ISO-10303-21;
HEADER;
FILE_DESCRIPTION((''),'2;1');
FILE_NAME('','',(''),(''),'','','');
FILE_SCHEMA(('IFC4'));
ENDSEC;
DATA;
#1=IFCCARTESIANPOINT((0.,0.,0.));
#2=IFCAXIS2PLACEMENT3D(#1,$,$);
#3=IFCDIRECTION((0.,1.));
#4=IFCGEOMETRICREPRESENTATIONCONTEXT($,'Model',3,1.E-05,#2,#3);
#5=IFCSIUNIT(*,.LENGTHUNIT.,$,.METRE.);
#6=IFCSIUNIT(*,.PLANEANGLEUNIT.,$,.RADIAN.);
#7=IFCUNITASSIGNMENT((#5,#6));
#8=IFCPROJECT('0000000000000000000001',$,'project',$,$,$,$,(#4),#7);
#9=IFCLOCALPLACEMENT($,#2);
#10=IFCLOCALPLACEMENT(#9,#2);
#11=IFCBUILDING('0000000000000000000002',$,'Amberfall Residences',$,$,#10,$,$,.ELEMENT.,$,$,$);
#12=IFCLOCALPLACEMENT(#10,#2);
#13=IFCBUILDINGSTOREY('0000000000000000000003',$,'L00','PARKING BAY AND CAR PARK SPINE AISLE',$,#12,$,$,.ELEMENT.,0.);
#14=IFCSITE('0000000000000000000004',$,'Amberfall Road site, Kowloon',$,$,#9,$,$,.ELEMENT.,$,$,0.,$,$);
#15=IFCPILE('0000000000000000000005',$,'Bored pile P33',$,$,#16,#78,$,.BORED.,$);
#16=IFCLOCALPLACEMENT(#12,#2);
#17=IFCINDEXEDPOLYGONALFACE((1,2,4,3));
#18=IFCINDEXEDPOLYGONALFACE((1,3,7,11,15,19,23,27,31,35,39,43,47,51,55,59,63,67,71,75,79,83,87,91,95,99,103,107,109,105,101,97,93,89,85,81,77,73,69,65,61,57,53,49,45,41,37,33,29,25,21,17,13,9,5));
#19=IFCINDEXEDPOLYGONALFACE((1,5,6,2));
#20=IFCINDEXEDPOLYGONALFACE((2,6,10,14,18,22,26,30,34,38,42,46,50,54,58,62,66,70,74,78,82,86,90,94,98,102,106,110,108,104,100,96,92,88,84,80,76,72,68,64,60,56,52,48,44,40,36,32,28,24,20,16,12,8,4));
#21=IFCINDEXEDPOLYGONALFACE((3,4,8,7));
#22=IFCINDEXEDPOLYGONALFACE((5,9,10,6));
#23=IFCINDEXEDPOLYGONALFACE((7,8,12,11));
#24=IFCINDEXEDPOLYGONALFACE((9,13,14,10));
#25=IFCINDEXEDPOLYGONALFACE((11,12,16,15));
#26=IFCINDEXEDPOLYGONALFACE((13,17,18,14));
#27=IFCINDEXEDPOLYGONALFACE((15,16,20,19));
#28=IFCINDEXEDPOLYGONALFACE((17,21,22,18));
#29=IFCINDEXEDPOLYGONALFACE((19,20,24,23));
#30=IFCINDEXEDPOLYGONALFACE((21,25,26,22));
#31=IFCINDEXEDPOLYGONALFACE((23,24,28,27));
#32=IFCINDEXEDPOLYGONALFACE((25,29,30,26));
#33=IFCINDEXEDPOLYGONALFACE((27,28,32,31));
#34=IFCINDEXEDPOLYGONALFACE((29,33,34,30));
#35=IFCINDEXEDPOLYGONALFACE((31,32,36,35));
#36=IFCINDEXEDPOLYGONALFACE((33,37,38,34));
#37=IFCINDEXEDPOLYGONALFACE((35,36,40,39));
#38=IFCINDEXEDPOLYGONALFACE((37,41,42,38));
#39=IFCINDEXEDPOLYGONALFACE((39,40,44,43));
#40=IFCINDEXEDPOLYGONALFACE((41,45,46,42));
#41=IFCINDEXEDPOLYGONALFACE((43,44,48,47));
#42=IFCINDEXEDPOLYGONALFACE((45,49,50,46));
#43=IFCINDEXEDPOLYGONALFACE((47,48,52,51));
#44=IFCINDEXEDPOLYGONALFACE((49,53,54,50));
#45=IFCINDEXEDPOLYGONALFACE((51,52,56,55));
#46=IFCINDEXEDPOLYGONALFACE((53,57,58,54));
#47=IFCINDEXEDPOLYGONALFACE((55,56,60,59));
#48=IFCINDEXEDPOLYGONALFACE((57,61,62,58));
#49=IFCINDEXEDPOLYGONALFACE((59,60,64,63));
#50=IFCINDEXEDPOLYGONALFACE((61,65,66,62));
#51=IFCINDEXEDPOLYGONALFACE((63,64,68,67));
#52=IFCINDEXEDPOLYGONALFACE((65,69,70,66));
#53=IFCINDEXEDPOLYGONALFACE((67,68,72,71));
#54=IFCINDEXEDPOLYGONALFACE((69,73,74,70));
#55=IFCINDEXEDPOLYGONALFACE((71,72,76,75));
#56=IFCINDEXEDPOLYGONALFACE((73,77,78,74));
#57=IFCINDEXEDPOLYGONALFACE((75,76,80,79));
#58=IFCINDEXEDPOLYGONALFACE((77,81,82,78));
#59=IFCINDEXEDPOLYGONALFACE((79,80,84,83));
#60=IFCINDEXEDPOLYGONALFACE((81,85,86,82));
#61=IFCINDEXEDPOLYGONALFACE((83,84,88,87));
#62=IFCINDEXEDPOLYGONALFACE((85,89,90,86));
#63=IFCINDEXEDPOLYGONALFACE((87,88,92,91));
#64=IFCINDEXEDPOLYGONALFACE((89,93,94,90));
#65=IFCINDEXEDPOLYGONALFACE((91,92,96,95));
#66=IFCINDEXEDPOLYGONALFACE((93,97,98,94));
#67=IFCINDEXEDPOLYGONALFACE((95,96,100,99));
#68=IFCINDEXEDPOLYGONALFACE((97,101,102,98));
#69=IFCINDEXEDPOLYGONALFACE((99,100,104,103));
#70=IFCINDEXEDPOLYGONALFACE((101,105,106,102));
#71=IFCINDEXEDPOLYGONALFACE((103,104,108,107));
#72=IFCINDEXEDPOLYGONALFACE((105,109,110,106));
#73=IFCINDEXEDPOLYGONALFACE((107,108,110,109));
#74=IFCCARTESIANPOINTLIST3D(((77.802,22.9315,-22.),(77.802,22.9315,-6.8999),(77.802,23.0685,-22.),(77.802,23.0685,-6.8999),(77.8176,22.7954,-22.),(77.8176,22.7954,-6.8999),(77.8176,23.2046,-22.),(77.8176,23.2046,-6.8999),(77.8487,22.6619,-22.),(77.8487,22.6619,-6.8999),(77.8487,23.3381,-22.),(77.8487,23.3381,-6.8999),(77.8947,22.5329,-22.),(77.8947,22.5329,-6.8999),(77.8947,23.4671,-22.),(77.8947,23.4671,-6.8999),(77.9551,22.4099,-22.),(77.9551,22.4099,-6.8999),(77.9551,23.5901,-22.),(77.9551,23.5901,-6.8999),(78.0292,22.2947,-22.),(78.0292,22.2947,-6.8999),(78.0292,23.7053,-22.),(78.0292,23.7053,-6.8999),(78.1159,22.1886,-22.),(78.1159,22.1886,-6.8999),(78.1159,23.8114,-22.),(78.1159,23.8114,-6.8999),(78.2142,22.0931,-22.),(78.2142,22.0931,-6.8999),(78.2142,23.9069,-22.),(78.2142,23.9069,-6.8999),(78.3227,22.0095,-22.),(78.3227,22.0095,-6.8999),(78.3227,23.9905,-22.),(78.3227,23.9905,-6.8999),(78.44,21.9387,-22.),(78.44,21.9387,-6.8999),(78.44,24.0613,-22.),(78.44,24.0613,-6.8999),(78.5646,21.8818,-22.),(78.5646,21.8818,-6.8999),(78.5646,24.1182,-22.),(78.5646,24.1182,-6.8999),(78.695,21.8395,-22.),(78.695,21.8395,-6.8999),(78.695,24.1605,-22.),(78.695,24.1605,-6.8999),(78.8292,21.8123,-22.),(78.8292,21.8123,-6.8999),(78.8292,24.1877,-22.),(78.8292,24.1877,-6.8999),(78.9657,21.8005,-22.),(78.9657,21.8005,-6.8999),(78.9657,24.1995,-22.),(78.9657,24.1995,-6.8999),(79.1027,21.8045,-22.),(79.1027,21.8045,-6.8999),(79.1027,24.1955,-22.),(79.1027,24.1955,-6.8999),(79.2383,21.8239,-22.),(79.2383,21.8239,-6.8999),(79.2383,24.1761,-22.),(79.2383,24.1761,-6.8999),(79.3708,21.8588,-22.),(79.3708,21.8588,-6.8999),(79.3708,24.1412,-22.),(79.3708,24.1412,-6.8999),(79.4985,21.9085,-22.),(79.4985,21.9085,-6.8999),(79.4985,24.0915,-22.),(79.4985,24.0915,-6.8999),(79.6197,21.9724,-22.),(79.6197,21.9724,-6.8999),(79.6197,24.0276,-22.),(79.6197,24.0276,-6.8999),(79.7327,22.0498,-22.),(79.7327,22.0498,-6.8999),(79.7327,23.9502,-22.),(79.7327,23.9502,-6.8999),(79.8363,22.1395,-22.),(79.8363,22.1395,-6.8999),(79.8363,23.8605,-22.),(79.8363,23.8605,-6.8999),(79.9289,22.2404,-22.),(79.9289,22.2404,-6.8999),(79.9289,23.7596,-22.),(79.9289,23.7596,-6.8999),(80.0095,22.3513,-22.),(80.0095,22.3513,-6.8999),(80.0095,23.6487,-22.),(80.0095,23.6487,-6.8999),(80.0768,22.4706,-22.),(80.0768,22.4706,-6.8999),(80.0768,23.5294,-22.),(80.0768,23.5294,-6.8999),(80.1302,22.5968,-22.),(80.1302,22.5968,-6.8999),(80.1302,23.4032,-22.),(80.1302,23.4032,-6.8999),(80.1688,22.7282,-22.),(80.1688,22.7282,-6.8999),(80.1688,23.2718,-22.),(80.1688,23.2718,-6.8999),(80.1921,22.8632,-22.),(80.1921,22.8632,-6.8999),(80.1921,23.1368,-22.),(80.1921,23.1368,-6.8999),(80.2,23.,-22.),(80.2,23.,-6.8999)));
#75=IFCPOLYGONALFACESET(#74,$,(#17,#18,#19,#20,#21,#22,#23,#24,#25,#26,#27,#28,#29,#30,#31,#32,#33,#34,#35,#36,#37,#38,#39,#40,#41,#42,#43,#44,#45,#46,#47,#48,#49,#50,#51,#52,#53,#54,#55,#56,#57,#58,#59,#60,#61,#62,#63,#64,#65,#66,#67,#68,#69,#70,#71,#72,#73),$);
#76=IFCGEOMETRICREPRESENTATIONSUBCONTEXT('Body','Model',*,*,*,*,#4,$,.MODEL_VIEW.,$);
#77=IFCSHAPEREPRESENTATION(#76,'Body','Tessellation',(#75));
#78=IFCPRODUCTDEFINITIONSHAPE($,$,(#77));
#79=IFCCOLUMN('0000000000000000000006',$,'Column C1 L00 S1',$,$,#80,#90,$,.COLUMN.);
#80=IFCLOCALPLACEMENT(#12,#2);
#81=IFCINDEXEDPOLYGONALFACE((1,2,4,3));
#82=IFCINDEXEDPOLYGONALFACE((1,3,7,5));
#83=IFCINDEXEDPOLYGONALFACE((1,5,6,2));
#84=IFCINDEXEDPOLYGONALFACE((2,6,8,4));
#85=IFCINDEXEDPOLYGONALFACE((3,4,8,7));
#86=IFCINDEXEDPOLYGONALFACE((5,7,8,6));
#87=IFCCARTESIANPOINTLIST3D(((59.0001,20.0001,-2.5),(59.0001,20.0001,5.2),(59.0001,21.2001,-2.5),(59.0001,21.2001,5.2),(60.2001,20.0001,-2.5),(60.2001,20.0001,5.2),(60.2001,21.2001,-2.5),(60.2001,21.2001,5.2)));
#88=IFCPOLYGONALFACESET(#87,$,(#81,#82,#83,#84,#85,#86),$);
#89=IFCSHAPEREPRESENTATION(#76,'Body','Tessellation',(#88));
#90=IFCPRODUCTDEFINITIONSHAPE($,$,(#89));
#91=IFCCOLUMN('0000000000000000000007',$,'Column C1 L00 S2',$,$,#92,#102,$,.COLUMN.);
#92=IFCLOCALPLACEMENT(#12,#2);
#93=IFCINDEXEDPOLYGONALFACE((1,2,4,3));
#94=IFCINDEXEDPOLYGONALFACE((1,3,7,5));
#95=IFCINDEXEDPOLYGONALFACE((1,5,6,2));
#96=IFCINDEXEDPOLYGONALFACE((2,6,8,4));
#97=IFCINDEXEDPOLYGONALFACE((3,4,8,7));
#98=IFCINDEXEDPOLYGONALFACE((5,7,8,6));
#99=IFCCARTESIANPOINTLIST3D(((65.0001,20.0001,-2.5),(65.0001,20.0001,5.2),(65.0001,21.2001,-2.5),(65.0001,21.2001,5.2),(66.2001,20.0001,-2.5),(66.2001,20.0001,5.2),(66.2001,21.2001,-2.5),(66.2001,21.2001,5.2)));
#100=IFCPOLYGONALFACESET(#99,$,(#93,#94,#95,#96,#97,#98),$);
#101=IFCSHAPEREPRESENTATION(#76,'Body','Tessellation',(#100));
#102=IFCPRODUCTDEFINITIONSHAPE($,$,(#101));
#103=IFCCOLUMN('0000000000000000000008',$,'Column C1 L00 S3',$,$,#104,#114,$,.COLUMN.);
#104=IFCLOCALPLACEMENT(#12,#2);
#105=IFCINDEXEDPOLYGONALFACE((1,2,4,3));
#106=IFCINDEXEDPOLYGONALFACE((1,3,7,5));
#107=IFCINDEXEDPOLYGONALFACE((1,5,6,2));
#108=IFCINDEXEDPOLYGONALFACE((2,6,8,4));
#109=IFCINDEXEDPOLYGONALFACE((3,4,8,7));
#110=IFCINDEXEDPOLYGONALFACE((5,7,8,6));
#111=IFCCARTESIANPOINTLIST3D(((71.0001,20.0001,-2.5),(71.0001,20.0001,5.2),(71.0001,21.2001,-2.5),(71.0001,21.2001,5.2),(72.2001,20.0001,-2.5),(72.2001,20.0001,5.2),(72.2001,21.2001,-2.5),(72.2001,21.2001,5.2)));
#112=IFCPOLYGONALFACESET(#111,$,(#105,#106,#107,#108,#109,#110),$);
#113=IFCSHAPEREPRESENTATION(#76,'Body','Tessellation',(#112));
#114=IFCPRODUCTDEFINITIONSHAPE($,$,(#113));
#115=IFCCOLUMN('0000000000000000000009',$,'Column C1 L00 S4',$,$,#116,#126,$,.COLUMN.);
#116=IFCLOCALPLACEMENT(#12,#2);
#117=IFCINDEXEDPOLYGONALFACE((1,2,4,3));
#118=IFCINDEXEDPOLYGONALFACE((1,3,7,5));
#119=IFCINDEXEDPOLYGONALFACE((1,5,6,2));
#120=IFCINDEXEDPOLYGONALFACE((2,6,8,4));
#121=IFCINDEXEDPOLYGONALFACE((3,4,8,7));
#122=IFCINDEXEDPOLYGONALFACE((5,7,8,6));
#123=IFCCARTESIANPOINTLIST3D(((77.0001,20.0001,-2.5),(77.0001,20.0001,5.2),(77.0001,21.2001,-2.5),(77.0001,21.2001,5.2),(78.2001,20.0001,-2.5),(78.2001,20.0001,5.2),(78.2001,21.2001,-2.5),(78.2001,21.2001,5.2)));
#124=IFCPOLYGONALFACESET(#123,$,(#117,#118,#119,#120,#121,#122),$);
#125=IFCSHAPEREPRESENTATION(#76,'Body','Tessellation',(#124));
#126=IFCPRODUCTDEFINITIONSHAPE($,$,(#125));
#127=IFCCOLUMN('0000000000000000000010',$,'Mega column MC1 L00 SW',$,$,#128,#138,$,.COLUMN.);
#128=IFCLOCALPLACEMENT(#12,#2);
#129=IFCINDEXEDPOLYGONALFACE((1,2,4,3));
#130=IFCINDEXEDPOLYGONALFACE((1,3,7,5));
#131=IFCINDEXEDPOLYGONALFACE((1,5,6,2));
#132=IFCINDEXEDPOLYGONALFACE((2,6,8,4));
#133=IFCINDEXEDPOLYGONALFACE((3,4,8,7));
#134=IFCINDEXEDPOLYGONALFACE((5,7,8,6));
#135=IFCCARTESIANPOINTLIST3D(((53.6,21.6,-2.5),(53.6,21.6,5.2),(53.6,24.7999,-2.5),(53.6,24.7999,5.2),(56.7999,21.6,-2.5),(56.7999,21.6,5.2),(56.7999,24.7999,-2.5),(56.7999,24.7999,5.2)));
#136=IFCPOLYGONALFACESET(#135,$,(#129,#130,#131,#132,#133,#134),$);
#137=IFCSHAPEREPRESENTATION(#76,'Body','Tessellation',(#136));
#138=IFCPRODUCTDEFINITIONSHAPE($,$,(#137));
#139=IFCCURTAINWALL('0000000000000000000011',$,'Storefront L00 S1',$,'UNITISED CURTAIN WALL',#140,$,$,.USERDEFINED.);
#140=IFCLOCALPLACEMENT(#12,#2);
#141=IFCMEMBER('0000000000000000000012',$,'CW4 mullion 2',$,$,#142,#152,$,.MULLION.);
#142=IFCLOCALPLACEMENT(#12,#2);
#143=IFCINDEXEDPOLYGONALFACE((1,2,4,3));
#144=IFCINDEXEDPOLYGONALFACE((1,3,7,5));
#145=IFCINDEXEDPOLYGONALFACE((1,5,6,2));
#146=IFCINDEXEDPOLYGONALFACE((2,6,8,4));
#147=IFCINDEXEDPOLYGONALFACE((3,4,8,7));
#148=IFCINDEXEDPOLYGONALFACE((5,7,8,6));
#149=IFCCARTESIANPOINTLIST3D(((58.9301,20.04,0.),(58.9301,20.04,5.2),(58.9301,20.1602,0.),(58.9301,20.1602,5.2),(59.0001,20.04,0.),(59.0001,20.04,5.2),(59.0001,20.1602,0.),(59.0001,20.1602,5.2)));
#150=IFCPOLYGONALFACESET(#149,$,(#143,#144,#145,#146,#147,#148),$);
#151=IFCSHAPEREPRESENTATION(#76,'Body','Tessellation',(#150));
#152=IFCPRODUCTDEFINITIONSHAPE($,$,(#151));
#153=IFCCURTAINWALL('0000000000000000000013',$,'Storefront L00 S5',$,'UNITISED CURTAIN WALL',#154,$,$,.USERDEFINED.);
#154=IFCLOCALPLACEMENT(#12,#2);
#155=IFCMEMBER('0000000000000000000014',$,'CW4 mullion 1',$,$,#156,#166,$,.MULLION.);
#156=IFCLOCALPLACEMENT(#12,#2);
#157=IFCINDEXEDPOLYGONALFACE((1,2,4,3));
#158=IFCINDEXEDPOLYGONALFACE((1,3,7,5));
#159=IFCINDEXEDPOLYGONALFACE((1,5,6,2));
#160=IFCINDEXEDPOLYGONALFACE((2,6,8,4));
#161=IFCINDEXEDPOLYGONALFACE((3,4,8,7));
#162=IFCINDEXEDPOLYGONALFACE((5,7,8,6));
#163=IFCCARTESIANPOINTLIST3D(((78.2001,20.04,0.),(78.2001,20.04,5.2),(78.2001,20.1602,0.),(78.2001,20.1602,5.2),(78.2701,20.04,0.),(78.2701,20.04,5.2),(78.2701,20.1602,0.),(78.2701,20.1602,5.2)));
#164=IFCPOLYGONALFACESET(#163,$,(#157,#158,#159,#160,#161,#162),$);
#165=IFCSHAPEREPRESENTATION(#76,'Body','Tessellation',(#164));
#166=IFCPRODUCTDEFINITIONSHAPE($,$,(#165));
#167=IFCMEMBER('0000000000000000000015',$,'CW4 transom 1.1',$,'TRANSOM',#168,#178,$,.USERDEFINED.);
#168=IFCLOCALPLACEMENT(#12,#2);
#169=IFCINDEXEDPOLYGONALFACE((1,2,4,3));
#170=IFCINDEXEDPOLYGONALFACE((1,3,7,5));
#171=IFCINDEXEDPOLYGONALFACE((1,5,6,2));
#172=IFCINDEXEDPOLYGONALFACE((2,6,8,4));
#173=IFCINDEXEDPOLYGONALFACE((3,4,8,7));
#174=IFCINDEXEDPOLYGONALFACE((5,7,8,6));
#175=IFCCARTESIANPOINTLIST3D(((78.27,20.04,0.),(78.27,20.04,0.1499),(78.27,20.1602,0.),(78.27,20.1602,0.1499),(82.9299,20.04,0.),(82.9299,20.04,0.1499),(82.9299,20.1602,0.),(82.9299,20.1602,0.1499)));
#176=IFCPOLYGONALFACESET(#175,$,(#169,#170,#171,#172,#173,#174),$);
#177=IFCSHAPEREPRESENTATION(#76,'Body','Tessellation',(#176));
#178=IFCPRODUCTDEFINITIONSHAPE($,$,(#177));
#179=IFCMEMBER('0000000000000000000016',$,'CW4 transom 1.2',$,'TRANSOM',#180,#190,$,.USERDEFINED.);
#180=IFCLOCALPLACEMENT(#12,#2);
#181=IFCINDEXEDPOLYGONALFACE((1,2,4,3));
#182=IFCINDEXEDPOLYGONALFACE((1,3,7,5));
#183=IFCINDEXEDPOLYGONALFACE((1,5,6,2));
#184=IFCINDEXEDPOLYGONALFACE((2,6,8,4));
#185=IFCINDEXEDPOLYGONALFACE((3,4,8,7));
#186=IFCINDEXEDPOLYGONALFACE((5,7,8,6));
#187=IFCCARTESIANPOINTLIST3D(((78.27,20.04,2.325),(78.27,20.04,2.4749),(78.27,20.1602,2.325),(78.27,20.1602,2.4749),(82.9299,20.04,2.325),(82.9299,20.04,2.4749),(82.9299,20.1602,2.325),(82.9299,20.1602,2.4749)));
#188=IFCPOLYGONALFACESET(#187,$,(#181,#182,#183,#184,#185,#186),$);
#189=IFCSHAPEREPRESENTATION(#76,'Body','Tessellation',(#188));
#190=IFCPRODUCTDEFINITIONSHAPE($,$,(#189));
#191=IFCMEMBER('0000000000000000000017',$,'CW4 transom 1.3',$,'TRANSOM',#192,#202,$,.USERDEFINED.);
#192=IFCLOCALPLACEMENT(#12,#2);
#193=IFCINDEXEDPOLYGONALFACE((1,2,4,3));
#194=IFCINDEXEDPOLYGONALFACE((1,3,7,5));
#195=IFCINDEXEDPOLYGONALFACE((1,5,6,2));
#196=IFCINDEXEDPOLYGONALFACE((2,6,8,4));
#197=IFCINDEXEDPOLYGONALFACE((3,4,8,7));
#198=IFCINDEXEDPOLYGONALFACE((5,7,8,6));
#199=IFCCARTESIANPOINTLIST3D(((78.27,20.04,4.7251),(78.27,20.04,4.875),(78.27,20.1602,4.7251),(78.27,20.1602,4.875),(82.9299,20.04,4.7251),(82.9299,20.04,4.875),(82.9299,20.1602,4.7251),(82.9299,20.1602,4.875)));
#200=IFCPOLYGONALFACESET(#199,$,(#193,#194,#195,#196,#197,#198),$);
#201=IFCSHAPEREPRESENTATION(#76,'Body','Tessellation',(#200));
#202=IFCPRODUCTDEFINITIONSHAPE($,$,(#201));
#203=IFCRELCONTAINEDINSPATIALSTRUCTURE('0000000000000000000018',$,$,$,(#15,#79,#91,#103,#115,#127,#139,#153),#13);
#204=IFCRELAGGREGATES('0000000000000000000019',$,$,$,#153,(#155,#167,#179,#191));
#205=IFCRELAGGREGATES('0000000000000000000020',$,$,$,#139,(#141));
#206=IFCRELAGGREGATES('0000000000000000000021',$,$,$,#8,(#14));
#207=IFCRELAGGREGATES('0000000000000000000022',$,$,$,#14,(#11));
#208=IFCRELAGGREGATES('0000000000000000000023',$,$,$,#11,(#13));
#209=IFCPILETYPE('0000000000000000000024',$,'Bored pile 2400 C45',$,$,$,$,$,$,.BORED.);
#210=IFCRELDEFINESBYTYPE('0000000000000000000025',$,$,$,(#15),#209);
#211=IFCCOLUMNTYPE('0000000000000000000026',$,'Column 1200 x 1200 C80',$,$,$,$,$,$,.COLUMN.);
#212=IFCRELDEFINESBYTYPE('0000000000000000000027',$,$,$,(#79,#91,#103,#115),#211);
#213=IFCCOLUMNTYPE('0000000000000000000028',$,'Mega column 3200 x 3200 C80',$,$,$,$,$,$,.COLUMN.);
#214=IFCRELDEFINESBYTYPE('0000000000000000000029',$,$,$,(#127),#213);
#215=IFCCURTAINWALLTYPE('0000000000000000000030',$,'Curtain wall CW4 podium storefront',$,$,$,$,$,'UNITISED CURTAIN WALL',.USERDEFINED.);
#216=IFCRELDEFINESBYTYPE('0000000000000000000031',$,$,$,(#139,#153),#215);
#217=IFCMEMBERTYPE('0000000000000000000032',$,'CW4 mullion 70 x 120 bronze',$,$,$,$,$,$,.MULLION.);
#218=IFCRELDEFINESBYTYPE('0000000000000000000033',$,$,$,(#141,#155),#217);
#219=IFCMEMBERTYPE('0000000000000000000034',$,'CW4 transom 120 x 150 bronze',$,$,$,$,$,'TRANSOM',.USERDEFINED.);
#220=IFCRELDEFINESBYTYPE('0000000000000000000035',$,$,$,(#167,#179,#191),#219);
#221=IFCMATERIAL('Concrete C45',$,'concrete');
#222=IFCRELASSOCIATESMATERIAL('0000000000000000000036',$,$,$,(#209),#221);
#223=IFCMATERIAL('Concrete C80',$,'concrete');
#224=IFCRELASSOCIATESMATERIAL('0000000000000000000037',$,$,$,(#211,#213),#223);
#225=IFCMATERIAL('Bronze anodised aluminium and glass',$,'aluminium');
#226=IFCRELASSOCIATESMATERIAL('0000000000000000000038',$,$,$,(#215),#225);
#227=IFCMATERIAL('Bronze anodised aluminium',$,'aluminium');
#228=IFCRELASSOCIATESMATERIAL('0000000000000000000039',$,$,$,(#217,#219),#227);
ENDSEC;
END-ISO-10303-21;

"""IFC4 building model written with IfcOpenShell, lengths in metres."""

from ifc_helpers import new_model, si_unit, direction, frame, origin, origin_2d, place, context, subcontext, project, spatial, rectangle, circle, extrude, material, material_profile, profile_set, type_object, element, aggregate, save


model = new_model("IFC4")

# Units and contexts
model_context = context("Model", 3, precision=1e-05, world=origin(), true_north=direction((0.0, 1.0)))
body_context = subcontext(model_context, "Body", "Model", "MODEL_VIEW")
ifc_project = project(units=[si_unit("LENGTHUNIT", "METRE"), si_unit("PLANEANGLEUNIT", "RADIAN")], contexts=[model_context])

# Site, building, storey
site_placement = place(None, origin())
site = spatial("IfcSite", under=ifc_project, at=site_placement, Name="Amberfall Road site, Kowloon", CompositionType="ELEMENT", RefElevation=0.0)
building_placement = place(site_placement, origin())
building = spatial("IfcBuilding", under=site, at=building_placement, Name="Amberfall Residences", CompositionType="ELEMENT")
storey_placement = place(building_placement, origin())
storey = spatial("IfcBuildingStorey", under=building, at=storey_placement, Name="L00", Description="PARKING BAY AND CAR PARK SPINE AISLE", CompositionType="ELEMENT", Elevation=0.0)

# Pile
ifc_material_1 = material(Name="Concrete C45", Category="concrete")
ifc_material_profile_1 = material_profile(ifc_material_1, circle(Radius=1.2, at=origin_2d()), Name="Bored pile 2400 C45")
ifc_profile_set_1 = profile_set([ifc_material_profile_1], Name="Concrete C45")
pile_type = type_object("IfcPileType", Name="Bored pile 2400 C45", PredefinedType="BORED", material=ifc_profile_set_1)
for number, where, z_axis, x_axis, name in (
    (1, (79.0, 23.0, -6.8999), (0.0, 0.0, -1.0), (1.0, 0.0, 0.0), "Bored pile P33"),
):
    element("IfcPile", number, at=place(storey_placement, frame(where, z_axis=z_axis, x_axis=x_axis)), inside=storey, type_object=pile_type, Name=name, PredefinedType="BORED", context=body_context, shape_type="SweptSolid", body=[
        extrude(circle(Radius=1.2, at=origin_2d()), origin(), (0.0, 0.0, 1.0), 15.1001),
    ])

# Columns
ifc_material_2 = material(Name="Concrete C80", Category="concrete")
ifc_material_profile_2 = material_profile(ifc_material_2, rectangle(XDim=1.2, YDim=1.2, at=origin_2d()), Name="Column 1200 x 1200 C80")
ifc_profile_set_2 = profile_set([ifc_material_profile_2], Name="Concrete C80")
column_type_1 = type_object("IfcColumnType", Name="Column 1200 x 1200 C80", PredefinedType="COLUMN", material=ifc_profile_set_2)
for number, where, z_axis, x_axis, name in (
    (2, (59.6001, 20.6001, -2.5), (0.0, 0.0, 1.0), (1.0, 0.0, 0.0), "Column C1 L00 S1"),
    (3, (65.6001, 20.6001, -2.5), (0.0, 0.0, 1.0), (1.0, 0.0, 0.0), "Column C1 L00 S2"),
    (4, (71.6001, 20.6001, -2.5), (0.0, 0.0, 1.0), (1.0, 0.0, 0.0), "Column C1 L00 S3"),
    (5, (77.6001, 20.6001, -2.5), (0.0, 0.0, 1.0), (1.0, 0.0, 0.0), "Column C1 L00 S4"),
):
    element("IfcColumn", number, at=place(storey_placement, frame(where, z_axis=z_axis, x_axis=x_axis)), inside=storey, type_object=column_type_1, Name=name, PredefinedType="COLUMN", context=body_context, shape_type="SweptSolid", body=[
        extrude(rectangle(XDim=1.2, YDim=1.2, at=origin_2d()), origin(), (0.0, 0.0, 1.0), 7.7),
    ])
ifc_material_profile_3 = material_profile(ifc_material_2, rectangle(XDim=3.2, YDim=3.2, at=origin_2d()), Name="Mega column 3200 x 3200 C80")
ifc_profile_set_3 = profile_set([ifc_material_profile_3], Name="Concrete C80")
column_type_2 = type_object("IfcColumnType", Name="Mega column 3200 x 3200 C80", PredefinedType="COLUMN", material=ifc_profile_set_3)
column_placement = place(storey_placement, frame((55.2, 23.2, -2.5), z_axis=(0.0, 0.0, 1.0), x_axis=(1.0, 0.0, 0.0)))
element("IfcColumn", 6, at=column_placement, inside=storey, type_object=column_type_2, Name="Mega column MC1 L00 SW", PredefinedType="COLUMN", context=body_context, shape_type="SweptSolid", body=[
    extrude(rectangle(XDim=3.2, YDim=3.2, at=origin_2d()), origin(), (0.0, 0.0, 1.0), 7.7),
])

# Curtain wall, member
ifc_material_3 = material(Name="Bronze anodised aluminium and glass", Category="aluminium")
curtain_wall_type = type_object("IfcCurtainWallType", Name="Curtain wall CW4 podium storefront", ElementType="UNITISED CURTAIN WALL", PredefinedType="USERDEFINED", material=ifc_material_3)
curtain_wall_1_placement = place(storey_placement, origin())
curtain_wall_1 = element("IfcCurtainWall", 7, at=curtain_wall_1_placement, inside=storey, type_object=curtain_wall_type, Name="Storefront L00 S1", ObjectType="UNITISED CURTAIN WALL", PredefinedType="USERDEFINED")
ifc_material_4 = material(Name="Bronze anodised aluminium", Category="aluminium")
ifc_material_profile_4 = material_profile(ifc_material_4, rectangle(XDim=0.1201, YDim=0.0701, at=origin_2d()), Name="CW4 mullion 70 x 120 bronze")
ifc_profile_set_4 = profile_set([ifc_material_profile_4], Name="Bronze anodised aluminium")
member_type_1 = type_object("IfcMemberType", Name="CW4 mullion 70 x 120 bronze", PredefinedType="MULLION", material=ifc_profile_set_4)
member_1_placement = place(storey_placement, frame((58.9651, 20.1001, 0.0), z_axis=(0.0, 0.0, 1.0), x_axis=(0.0, 1.0, 0.0)))
member_1 = element("IfcMember", 8, at=member_1_placement, type_object=member_type_1, Name="CW4 mullion 2", PredefinedType="MULLION", context=body_context, shape_type="SweptSolid", body=[
    extrude(rectangle(XDim=0.1201, YDim=0.0701, at=origin_2d()), origin(), (0.0, 0.0, 1.0), 5.2),
])

# Curtain wall, members
curtain_wall_2_placement = place(storey_placement, origin())
curtain_wall_2 = element("IfcCurtainWall", 9, at=curtain_wall_2_placement, inside=storey, type_object=curtain_wall_type, Name="Storefront L00 S5", ObjectType="UNITISED CURTAIN WALL", PredefinedType="USERDEFINED")
member_2_placement = place(storey_placement, frame((78.2351, 20.1001, 0.0), z_axis=(0.0, 0.0, 1.0), x_axis=(0.0, 1.0, 0.0)))
member_2 = element("IfcMember", 10, at=member_2_placement, type_object=member_type_1, Name="CW4 mullion 1", PredefinedType="MULLION", context=body_context, shape_type="SweptSolid", body=[
    extrude(rectangle(XDim=0.1201, YDim=0.0701, at=origin_2d()), origin(), (0.0, 0.0, 1.0), 5.2),
])
ifc_material_profile_5 = material_profile(ifc_material_4, rectangle(XDim=0.1201, YDim=0.1499, at=origin_2d()), Name="CW4 transom 120 x 150 bronze")
ifc_profile_set_5 = profile_set([ifc_material_profile_5], Name="Bronze anodised aluminium")
member_type_2 = type_object("IfcMemberType", Name="CW4 transom 120 x 150 bronze", ElementType="TRANSOM", PredefinedType="USERDEFINED", material=ifc_profile_set_5)
member_3_placement = place(storey_placement, frame((78.27, 20.1001, 0.075), z_axis=(1.0, 0.0, 0.0), x_axis=(0.0, 1.0, 0.0)))
member_3 = element("IfcMember", 11, at=member_3_placement, type_object=member_type_2, Name="CW4 transom 1.1", ObjectType="TRANSOM", PredefinedType="USERDEFINED", context=body_context, shape_type="SweptSolid", body=[
    extrude(rectangle(XDim=0.1201, YDim=0.1499, at=origin_2d()), origin(), (0.0, 0.0, 1.0), 4.6599),
])
member_4_placement = place(storey_placement, frame((78.27, 20.1001, 2.3999), z_axis=(1.0, 0.0, 0.0), x_axis=(0.0, 1.0, 0.0)))
member_4 = element("IfcMember", 12, at=member_4_placement, type_object=member_type_2, Name="CW4 transom 1.2", ObjectType="TRANSOM", PredefinedType="USERDEFINED", context=body_context, shape_type="SweptSolid", body=[
    extrude(rectangle(XDim=0.1201, YDim=0.1499, at=origin_2d()), origin(), (0.0, 0.0, 1.0), 4.6599),
])
member_5_placement = place(storey_placement, frame((78.27, 20.1001, 4.8), z_axis=(1.0, 0.0, 0.0), x_axis=(0.0, 1.0, 0.0)))
member_5 = element("IfcMember", 13, at=member_5_placement, type_object=member_type_2, Name="CW4 transom 1.3", ObjectType="TRANSOM", PredefinedType="USERDEFINED", context=body_context, shape_type="SweptSolid", body=[
    extrude(rectangle(XDim=0.1201, YDim=0.1499, at=origin_2d()), origin(), (0.0, 0.0, 1.0), 4.6599),
])
aggregate(curtain_wall_2, [member_2, member_3, member_4, member_5])

aggregate(curtain_wall_1, [member_1])

save(model, "model.ifc")
